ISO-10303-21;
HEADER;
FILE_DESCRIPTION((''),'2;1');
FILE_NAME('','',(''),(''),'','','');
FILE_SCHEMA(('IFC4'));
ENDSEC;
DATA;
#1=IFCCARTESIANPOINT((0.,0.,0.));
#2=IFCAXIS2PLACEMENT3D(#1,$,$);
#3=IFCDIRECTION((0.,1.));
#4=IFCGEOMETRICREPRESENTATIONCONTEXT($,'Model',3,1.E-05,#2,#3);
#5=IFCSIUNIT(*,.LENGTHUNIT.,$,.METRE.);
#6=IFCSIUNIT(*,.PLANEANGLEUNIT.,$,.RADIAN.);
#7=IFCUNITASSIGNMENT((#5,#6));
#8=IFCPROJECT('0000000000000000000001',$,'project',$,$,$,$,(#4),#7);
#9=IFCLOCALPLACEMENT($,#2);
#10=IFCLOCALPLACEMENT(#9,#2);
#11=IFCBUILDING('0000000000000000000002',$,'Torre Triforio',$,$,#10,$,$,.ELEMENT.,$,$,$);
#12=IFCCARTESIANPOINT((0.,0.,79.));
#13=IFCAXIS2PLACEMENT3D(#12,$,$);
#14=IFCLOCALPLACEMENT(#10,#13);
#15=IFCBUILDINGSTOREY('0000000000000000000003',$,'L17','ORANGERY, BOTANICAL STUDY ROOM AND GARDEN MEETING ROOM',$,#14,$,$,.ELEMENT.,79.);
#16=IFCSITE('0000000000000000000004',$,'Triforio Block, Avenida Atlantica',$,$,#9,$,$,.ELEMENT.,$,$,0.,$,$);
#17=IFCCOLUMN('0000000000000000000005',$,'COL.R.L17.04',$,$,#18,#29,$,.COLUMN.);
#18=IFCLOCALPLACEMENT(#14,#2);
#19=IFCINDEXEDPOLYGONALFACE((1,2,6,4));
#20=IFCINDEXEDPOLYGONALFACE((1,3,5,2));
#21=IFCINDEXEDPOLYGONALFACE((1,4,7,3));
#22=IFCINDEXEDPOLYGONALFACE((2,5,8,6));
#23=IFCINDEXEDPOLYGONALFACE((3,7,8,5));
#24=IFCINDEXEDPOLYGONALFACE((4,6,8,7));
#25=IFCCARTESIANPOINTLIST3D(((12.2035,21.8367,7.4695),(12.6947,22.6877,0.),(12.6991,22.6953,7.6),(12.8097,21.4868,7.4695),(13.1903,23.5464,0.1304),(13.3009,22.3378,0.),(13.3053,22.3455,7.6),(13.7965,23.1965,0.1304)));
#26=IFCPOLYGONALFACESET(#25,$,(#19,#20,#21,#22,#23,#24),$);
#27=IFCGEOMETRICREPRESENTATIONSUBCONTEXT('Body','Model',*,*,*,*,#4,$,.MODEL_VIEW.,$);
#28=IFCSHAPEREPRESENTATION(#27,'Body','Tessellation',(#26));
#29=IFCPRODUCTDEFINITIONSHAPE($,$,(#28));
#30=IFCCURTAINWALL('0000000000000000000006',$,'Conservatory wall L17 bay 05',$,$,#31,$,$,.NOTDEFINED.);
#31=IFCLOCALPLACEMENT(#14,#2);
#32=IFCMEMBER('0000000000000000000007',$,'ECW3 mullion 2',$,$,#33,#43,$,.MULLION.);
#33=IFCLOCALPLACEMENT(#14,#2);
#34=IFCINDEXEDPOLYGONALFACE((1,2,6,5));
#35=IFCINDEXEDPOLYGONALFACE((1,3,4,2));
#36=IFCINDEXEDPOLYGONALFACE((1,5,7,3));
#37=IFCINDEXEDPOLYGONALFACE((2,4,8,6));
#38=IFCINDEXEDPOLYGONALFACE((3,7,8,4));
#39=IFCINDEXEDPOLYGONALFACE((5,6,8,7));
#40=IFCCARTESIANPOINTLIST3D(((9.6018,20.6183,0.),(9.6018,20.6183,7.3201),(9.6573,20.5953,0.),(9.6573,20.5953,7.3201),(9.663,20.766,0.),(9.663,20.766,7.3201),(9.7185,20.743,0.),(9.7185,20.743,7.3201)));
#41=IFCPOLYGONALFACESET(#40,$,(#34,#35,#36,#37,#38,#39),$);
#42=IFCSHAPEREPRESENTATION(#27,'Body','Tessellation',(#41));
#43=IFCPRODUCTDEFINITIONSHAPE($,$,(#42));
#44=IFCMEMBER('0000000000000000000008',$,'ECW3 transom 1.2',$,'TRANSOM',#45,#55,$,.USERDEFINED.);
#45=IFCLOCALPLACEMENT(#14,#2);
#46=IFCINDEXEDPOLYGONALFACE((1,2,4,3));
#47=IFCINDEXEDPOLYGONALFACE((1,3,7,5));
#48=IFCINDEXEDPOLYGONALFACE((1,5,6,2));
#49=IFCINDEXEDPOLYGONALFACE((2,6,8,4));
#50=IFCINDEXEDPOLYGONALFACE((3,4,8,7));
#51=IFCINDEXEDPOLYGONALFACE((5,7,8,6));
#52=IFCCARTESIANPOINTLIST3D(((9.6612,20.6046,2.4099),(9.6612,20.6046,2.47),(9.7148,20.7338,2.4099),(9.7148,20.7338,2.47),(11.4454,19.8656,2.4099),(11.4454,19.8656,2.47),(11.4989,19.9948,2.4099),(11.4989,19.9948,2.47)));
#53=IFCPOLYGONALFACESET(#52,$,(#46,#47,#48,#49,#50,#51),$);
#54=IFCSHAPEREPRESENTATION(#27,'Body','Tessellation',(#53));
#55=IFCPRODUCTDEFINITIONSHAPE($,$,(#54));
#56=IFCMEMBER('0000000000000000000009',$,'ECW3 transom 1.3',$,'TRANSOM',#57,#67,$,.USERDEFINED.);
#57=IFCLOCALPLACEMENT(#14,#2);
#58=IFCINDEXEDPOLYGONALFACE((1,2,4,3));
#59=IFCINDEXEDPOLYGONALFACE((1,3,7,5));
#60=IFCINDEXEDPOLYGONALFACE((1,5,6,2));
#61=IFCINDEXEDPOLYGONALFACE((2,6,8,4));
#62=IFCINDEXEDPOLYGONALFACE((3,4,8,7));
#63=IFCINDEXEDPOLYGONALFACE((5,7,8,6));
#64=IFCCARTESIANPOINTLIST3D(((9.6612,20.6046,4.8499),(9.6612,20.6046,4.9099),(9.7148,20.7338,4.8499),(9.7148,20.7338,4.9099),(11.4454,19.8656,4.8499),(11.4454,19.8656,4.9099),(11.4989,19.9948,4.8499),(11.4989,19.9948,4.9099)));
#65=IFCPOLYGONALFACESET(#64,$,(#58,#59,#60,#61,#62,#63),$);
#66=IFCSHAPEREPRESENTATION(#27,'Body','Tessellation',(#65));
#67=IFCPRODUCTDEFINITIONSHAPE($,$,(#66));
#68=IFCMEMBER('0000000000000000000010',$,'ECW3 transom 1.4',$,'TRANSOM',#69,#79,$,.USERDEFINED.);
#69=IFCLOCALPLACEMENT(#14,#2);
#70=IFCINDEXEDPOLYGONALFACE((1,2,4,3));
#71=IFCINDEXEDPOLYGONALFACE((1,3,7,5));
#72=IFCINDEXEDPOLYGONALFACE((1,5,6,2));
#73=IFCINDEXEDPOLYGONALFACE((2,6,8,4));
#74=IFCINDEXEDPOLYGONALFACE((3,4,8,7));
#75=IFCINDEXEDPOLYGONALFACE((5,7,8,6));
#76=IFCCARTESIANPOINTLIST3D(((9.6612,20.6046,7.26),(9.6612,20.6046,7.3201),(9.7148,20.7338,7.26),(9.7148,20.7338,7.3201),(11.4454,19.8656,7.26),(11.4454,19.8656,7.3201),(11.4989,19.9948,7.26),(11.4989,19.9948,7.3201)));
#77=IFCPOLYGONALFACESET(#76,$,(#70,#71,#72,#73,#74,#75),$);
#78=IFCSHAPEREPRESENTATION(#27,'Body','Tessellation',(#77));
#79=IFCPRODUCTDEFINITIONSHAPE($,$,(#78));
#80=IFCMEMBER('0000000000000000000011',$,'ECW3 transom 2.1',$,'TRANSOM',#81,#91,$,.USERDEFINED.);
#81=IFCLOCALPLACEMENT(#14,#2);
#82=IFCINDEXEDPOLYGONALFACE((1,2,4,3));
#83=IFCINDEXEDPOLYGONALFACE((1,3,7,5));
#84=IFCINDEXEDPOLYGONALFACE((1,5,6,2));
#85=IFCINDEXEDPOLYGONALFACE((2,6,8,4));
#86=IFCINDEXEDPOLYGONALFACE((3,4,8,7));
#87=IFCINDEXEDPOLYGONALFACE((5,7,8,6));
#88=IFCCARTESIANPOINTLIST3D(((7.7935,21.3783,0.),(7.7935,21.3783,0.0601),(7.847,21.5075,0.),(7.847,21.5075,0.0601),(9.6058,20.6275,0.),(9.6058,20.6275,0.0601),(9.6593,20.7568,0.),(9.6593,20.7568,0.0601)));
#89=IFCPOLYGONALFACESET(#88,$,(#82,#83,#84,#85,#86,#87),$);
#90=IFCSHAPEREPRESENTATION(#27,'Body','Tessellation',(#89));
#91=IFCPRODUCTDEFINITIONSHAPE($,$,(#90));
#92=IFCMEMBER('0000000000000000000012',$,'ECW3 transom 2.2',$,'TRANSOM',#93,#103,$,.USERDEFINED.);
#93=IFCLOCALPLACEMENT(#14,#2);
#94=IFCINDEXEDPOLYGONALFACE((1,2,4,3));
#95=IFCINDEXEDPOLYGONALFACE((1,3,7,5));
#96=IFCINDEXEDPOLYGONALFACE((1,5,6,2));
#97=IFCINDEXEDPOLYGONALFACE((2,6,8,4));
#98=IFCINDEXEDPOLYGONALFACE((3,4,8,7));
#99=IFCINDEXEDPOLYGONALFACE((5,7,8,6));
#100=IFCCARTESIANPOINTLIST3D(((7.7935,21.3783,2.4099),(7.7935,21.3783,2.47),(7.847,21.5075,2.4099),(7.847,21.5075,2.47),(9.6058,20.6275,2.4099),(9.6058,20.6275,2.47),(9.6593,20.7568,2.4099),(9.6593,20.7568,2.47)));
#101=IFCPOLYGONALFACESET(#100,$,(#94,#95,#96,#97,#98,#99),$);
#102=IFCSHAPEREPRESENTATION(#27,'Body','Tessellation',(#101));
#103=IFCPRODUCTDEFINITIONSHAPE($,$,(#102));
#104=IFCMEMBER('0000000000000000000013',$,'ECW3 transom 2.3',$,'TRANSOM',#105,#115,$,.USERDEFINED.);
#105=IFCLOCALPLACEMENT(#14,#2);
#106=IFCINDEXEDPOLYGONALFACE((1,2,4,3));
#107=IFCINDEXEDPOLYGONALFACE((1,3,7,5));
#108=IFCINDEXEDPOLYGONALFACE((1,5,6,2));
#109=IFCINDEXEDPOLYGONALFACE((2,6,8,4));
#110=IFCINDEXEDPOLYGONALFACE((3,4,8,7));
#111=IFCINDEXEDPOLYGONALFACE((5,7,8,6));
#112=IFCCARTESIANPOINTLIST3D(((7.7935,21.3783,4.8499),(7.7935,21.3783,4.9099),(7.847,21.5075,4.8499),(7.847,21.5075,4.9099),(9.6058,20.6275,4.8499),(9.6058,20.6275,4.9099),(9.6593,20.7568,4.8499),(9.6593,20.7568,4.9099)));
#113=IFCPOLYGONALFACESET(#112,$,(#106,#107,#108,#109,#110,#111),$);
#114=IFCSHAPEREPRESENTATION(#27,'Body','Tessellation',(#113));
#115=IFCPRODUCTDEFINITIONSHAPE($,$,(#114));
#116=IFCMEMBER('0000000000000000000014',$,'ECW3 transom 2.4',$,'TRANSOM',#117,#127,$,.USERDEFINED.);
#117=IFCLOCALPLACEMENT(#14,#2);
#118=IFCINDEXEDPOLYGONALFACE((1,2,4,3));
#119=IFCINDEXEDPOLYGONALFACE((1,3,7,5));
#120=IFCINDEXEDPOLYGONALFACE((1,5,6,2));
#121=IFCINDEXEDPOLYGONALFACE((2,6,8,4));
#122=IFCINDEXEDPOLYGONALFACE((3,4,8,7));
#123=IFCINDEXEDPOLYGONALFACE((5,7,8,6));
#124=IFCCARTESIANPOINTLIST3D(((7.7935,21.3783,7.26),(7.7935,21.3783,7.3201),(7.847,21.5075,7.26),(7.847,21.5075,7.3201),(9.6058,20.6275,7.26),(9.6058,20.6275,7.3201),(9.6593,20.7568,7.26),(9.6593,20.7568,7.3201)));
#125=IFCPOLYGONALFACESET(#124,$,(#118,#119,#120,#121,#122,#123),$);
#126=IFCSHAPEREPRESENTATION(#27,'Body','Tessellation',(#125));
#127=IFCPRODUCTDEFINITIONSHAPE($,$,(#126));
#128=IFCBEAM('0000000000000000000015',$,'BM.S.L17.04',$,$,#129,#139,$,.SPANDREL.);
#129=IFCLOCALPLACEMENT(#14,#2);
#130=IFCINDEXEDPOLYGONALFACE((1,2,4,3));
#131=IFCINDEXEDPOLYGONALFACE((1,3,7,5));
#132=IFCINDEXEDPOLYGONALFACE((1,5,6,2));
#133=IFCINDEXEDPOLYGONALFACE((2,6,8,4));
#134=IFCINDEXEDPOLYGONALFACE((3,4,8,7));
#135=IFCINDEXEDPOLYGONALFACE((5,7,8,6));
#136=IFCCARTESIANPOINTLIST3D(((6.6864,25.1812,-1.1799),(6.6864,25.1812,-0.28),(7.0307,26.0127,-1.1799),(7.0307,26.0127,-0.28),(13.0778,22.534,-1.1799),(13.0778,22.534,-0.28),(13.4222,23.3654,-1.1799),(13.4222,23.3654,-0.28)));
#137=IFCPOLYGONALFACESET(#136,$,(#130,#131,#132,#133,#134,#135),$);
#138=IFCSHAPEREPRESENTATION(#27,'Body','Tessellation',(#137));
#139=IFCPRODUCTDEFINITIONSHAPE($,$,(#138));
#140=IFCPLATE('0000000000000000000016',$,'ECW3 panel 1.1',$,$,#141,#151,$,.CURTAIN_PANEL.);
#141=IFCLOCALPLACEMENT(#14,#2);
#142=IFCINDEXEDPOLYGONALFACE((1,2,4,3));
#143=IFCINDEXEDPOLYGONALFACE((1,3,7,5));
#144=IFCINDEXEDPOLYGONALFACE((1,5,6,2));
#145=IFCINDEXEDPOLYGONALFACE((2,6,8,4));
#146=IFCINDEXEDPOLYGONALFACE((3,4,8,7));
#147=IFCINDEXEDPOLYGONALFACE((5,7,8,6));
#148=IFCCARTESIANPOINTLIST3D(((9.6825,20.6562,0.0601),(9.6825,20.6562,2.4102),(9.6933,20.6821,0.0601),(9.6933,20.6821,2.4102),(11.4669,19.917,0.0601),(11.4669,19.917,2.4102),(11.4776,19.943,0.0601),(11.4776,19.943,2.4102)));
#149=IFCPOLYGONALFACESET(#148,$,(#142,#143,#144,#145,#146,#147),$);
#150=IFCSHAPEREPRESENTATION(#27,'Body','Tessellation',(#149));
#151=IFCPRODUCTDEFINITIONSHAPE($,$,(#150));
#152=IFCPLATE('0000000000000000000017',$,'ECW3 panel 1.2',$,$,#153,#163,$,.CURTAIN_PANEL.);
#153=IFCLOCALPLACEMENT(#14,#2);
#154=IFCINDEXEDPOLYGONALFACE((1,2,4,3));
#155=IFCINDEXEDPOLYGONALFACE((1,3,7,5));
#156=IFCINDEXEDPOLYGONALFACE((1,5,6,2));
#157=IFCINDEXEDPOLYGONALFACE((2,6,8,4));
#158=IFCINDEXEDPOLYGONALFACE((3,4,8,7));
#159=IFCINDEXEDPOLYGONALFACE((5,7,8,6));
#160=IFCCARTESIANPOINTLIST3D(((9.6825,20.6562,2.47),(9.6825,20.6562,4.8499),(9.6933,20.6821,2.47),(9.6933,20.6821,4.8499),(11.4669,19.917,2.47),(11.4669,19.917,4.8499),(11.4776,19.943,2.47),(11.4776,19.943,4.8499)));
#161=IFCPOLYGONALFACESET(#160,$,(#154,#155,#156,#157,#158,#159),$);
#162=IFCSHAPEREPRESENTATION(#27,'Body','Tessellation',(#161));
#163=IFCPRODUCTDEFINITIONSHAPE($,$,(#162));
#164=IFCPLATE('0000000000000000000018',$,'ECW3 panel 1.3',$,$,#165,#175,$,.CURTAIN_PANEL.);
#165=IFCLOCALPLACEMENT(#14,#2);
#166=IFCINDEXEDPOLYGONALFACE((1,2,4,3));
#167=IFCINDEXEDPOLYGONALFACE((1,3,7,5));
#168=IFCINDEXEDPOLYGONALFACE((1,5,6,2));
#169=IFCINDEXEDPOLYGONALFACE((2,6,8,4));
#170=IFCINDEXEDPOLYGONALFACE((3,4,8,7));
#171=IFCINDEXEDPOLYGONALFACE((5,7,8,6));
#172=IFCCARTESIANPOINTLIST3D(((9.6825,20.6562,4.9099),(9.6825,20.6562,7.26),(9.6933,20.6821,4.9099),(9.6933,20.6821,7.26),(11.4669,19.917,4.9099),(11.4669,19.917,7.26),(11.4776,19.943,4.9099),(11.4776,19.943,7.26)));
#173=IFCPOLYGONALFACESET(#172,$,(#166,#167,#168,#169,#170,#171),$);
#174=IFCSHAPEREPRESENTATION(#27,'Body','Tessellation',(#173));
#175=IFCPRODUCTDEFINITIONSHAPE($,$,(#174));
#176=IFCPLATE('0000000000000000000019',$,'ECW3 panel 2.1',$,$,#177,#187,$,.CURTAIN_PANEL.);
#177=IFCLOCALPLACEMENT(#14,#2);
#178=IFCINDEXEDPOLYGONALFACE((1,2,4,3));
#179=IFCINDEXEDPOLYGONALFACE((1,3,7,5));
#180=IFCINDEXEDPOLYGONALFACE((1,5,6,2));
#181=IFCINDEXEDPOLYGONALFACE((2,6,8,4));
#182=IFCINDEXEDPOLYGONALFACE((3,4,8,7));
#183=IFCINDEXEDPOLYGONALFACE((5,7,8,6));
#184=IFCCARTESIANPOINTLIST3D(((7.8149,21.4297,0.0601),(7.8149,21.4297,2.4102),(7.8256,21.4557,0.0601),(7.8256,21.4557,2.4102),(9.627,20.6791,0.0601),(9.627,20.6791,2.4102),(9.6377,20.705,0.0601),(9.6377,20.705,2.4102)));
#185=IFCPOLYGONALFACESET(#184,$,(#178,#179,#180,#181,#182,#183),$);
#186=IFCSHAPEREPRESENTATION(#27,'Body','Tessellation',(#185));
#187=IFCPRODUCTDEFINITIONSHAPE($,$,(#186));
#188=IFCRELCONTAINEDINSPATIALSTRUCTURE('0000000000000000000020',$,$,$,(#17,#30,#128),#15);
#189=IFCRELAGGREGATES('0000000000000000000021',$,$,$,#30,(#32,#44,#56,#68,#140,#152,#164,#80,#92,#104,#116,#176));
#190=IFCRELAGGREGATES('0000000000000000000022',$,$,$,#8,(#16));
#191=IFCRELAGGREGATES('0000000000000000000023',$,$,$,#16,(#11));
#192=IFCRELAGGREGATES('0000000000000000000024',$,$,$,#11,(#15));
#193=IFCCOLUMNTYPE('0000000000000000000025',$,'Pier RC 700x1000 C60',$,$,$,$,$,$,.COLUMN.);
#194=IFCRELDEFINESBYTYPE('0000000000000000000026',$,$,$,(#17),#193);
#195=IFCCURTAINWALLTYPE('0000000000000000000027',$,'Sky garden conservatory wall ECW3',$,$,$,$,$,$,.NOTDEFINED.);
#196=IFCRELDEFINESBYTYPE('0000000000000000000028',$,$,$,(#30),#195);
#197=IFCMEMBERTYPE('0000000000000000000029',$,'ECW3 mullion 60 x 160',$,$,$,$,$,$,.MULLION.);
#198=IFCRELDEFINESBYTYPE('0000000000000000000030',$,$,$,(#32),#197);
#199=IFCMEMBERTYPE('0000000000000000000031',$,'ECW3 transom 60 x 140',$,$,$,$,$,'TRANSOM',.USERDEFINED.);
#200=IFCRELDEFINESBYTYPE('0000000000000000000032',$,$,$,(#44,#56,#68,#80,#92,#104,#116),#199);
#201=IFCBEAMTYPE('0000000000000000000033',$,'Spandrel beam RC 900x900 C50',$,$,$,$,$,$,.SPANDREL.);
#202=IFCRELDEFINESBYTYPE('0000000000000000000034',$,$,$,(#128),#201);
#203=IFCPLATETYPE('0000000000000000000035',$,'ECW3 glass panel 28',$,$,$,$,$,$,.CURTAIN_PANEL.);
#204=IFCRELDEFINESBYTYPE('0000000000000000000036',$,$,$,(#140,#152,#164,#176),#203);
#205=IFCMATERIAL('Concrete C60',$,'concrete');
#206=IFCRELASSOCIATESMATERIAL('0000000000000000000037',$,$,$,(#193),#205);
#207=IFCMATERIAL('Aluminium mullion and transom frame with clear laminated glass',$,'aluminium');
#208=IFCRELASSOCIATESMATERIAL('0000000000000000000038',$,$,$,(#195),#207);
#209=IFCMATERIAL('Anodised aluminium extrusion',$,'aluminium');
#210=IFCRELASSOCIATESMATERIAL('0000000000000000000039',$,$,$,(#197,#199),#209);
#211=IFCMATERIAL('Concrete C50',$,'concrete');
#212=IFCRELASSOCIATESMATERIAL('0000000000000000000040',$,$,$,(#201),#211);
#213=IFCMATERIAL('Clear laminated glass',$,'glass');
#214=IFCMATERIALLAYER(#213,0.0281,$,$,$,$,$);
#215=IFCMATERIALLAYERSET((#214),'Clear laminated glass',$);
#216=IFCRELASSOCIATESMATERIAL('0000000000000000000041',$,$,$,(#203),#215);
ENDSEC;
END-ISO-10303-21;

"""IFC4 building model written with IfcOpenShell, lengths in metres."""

from ifc_helpers import new_model, si_unit, direction, frame, origin, origin_2d, place, context, subcontext, project, spatial, rectangle, extrude, material, layer, layer_set, material_profile, profile_set, type_object, element, aggregate, save


model = new_model("IFC4")

# Units and contexts
model_context = context("Model", 3, precision=1e-05, world=origin(), true_north=direction((0.0, 1.0)))
body_context = subcontext(model_context, "Body", "Model", "MODEL_VIEW")
ifc_project = project(units=[si_unit("LENGTHUNIT", "METRE"), si_unit("PLANEANGLEUNIT", "RADIAN")], contexts=[model_context])

# Site, building, storey
site_placement = place(None, origin())
site = spatial("IfcSite", under=ifc_project, at=site_placement, Name="Triforio Block, Avenida Atlantica", CompositionType="ELEMENT", RefElevation=0.0)
building_placement = place(site_placement, origin())
building = spatial("IfcBuilding", under=site, at=building_placement, Name="Torre Triforio", CompositionType="ELEMENT")
storey_placement = place(building_placement, frame((0.0, 0.0, 79.0)))
storey = spatial("IfcBuildingStorey", under=building, at=storey_placement, Name="L17", Description="ORANGERY, BOTANICAL STUDY ROOM AND GARDEN MEETING ROOM", CompositionType="ELEMENT", Elevation=79.0)

# Column
ifc_material_1 = material(Name="Concrete C60", Category="concrete")
ifc_material_profile_1 = material_profile(ifc_material_1, rectangle(XDim=0.7, YDim=1.0, at=origin_2d()), Name="RC 700x1000")
ifc_profile_set_1 = profile_set([ifc_material_profile_1], Name="Concrete C60")
column_type = type_object("IfcColumnType", Name="Pier RC 700x1000 C60", PredefinedType="COLUMN", material=ifc_profile_set_1)
column_placement = place(storey_placement, frame((13.2456, 22.9421, 0.0652), z_axis=(-0.065201, -0.112967, 0.991457), x_axis=(0.866095, -0.49988, 0.0)))
element("IfcColumn", 1, at=column_placement, inside=storey, type_object=column_type, Name="COL.R.L17.04", PredefinedType="COLUMN", context=body_context, shape_type="SweptSolid", body=[
    extrude(rectangle(XDim=0.7, YDim=1.0, at=origin_2d()), origin(), (0.0, 0.0, 1.0), 7.5339),
])

# Curtain wall, members
ifc_material_2 = material(Name="Aluminium mullion and transom frame with clear laminated glass", Category="aluminium")
curtain_wall_type = type_object("IfcCurtainWallType", Name="Sky garden conservatory wall ECW3", PredefinedType="NOTDEFINED", material=ifc_material_2)
curtain_wall_placement = place(storey_placement, origin())
curtain_wall = element("IfcCurtainWall", 2, at=curtain_wall_placement, inside=storey, type_object=curtain_wall_type, Name="Conservatory wall L17 bay 05", PredefinedType="NOTDEFINED")
ifc_material_3 = material(Name="Anodised aluminium extrusion", Category="aluminium")
ifc_material_profile_2 = material_profile(ifc_material_3, rectangle(XDim=0.1599, YDim=0.0601, at=origin_2d()), Name="ECW3 MULLION 60x160")
ifc_profile_set_2 = profile_set([ifc_material_profile_2], Name="Anodised aluminium extrusion")
member_type_1 = type_object("IfcMemberType", Name="ECW3 mullion 60 x 160", PredefinedType="MULLION", material=ifc_profile_set_2)
member_1_placement = place(storey_placement, frame((9.6602, 20.6807, 0.0), z_axis=(0.0, 0.0, 1.0), x_axis=(-0.382687, -0.923878, 0.0)))
member_1 = element("IfcMember", 3, at=member_1_placement, type_object=member_type_1, Name="ECW3 mullion 2", PredefinedType="MULLION", context=body_context, shape_type="SweptSolid", body=[
    extrude(rectangle(XDim=0.1599, YDim=0.0601, at=origin_2d()), origin(), (0.0, 0.0, 1.0), 7.3201),
])
ifc_material_profile_3 = material_profile(ifc_material_3, rectangle(XDim=0.1399, YDim=0.0601, at=origin_2d()), Name="ECW3 TRANSOM 60x140")
ifc_profile_set_3 = profile_set([ifc_material_profile_3], Name="Anodised aluminium extrusion")
member_type_2 = type_object("IfcMemberType", Name="ECW3 transom 60 x 140", ElementType="TRANSOM", PredefinedType="USERDEFINED", material=ifc_profile_set_3)
member_2_placement = place(storey_placement, frame((11.4722, 19.9302, 2.4399), z_axis=(-0.923883, 0.382676, 0.0), x_axis=(-0.382676, -0.923883, 0.0)))
member_2 = element("IfcMember", 4, at=member_2_placement, type_object=member_type_2, Name="ECW3 transom 1.2", ObjectType="TRANSOM", PredefinedType="USERDEFINED", context=body_context, shape_type="SweptSolid", body=[
    extrude(rectangle(XDim=0.1399, YDim=0.0601, at=origin_2d()), origin(), (0.0, 0.0, 1.0), 1.9312),
])
member_3_placement = place(storey_placement, frame((11.4722, 19.9302, 4.8799), z_axis=(-0.923883, 0.382676, 0.0), x_axis=(-0.382676, -0.923883, 0.0)))
member_3 = element("IfcMember", 5, at=member_3_placement, type_object=member_type_2, Name="ECW3 transom 1.3", ObjectType="TRANSOM", PredefinedType="USERDEFINED", context=body_context, shape_type="SweptSolid", body=[
    extrude(rectangle(XDim=0.1399, YDim=0.0601, at=origin_2d()), origin(), (0.0, 0.0, 1.0), 1.9312),
])
member_4_placement = place(storey_placement, frame((11.4722, 19.9302, 7.29), z_axis=(-0.923883, 0.382676, 0.0), x_axis=(-0.382676, -0.923883, 0.0)))
member_4 = element("IfcMember", 6, at=member_4_placement, type_object=member_type_2, Name="ECW3 transom 1.4", ObjectType="TRANSOM", PredefinedType="USERDEFINED", context=body_context, shape_type="SweptSolid", body=[
    extrude(rectangle(XDim=0.1399, YDim=0.0601, at=origin_2d()), origin(), (0.0, 0.0, 1.0), 1.9312),
])
member_5_placement = place(storey_placement, frame((9.6326, 20.6921, 0.03), z_axis=(-0.923867, 0.382715, 0.0), x_axis=(-0.382715, -0.923867, 0.0)))
member_5 = element("IfcMember", 7, at=member_5_placement, type_object=member_type_2, Name="ECW3 transom 2.1", ObjectType="TRANSOM", PredefinedType="USERDEFINED", context=body_context, shape_type="SweptSolid", body=[
    extrude(rectangle(XDim=0.1399, YDim=0.0601, at=origin_2d()), origin(), (0.0, 0.0, 1.0), 1.9617),
])
member_6_placement = place(storey_placement, frame((9.6326, 20.6921, 2.4399), z_axis=(-0.923867, 0.382715, 0.0), x_axis=(-0.382715, -0.923867, 0.0)))
member_6 = element("IfcMember", 8, at=member_6_placement, type_object=member_type_2, Name="ECW3 transom 2.2", ObjectType="TRANSOM", PredefinedType="USERDEFINED", context=body_context, shape_type="SweptSolid", body=[
    extrude(rectangle(XDim=0.1399, YDim=0.0601, at=origin_2d()), origin(), (0.0, 0.0, 1.0), 1.9617),
])
member_7_placement = place(storey_placement, frame((9.6326, 20.6921, 4.8799), z_axis=(-0.923867, 0.382715, 0.0), x_axis=(-0.382715, -0.923867, 0.0)))
member_7 = element("IfcMember", 9, at=member_7_placement, type_object=member_type_2, Name="ECW3 transom 2.3", ObjectType="TRANSOM", PredefinedType="USERDEFINED", context=body_context, shape_type="SweptSolid", body=[
    extrude(rectangle(XDim=0.1399, YDim=0.0601, at=origin_2d()), origin(), (0.0, 0.0, 1.0), 1.9617),
])
member_8_placement = place(storey_placement, frame((9.6326, 20.6921, 7.29), z_axis=(-0.923867, 0.382715, 0.0), x_axis=(-0.382715, -0.923867, 0.0)))
member_8 = element("IfcMember", 10, at=member_8_placement, type_object=member_type_2, Name="ECW3 transom 2.4", ObjectType="TRANSOM", PredefinedType="USERDEFINED", context=body_context, shape_type="SweptSolid", body=[
    extrude(rectangle(XDim=0.1399, YDim=0.0601, at=origin_2d()), origin(), (0.0, 0.0, 1.0), 1.9617),
])

# Beam
ifc_material_4 = material(Name="Concrete C50", Category="concrete")
ifc_material_profile_4 = material_profile(ifc_material_4, rectangle(XDim=0.8999, YDim=0.8999, at=origin_2d()), Name="RC 900x900")
ifc_profile_set_4 = profile_set([ifc_material_profile_4], Name="Concrete C50")
beam_type = type_object("IfcBeamType", Name="Spandrel beam RC 900x900 C50", PredefinedType="SPANDREL", material=ifc_profile_set_4)
beam_placement = place(storey_placement, frame((13.25, 22.9497, -0.73), z_axis=(-0.923888, 0.382662, 0.0), x_axis=(-0.382662, -0.923888, 0.0)))
element("IfcBeam", 11, at=beam_placement, inside=storey, type_object=beam_type, Name="BM.S.L17.04", PredefinedType="SPANDREL", context=body_context, shape_type="SweptSolid", body=[
    extrude(rectangle(XDim=0.8999, YDim=0.8999, at=origin_2d()), origin(), (0.0, 0.0, 1.0), 6.918),
])

# Plates
ifc_material_5 = material(Name="Clear laminated glass", Category="glass")
ifc_layer_1 = layer(ifc_material_5, 0.0281)
ifc_layer_set_1 = layer_set([ifc_layer_1], Name="Clear laminated glass")
plate_type = type_object("IfcPlateType", Name="ECW3 glass panel 28", PredefinedType="CURTAIN_PANEL", material=ifc_layer_set_1)
plate_1_placement = place(storey_placement, frame((10.5801, 20.2996, 0.0601), z_axis=(0.0, 0.0, 1.0), x_axis=(-0.923878, 0.382687, 0.0)))
plate_1 = element("IfcPlate", 12, at=plate_1_placement, type_object=plate_type, Name="ECW3 panel 1.1", PredefinedType="CURTAIN_PANEL", context=body_context, shape_type="SweptSolid", body=[
    extrude(rectangle(XDim=1.9314, YDim=0.0281, at=origin_2d()), origin(), (0.0, 0.0, 1.0), 2.3501),
])
plate_2_placement = place(storey_placement, frame((10.5801, 20.2996, 2.47), z_axis=(0.0, 0.0, 1.0), x_axis=(-0.923878, 0.382687, 0.0)))
plate_2 = element("IfcPlate", 13, at=plate_2_placement, type_object=plate_type, Name="ECW3 panel 1.2", PredefinedType="CURTAIN_PANEL", context=body_context, shape_type="SweptSolid", body=[
    extrude(rectangle(XDim=1.9314, YDim=0.0281, at=origin_2d()), origin(), (0.0, 0.0, 1.0), 2.3799),
])
plate_3_placement = place(storey_placement, frame((10.5801, 20.2996, 4.9099), z_axis=(0.0, 0.0, 1.0), x_axis=(-0.923878, 0.382687, 0.0)))
plate_3 = element("IfcPlate", 14, at=plate_3_placement, type_object=plate_type, Name="ECW3 panel 1.3", PredefinedType="CURTAIN_PANEL", context=body_context, shape_type="SweptSolid", body=[
    extrude(rectangle(XDim=1.9314, YDim=0.0281, at=origin_2d()), origin(), (0.0, 0.0, 1.0), 2.3501),
])
plate_4_placement = place(storey_placement, frame((8.7263, 21.0674, 0.0601), z_axis=(0.0, 0.0, 1.0), x_axis=(-0.923878, 0.382687, 0.0)))
plate_4 = element("IfcPlate", 15, at=plate_4_placement, type_object=plate_type, Name="ECW3 panel 2.1", PredefinedType="CURTAIN_PANEL", context=body_context, shape_type="SweptSolid", body=[
    extrude(rectangle(XDim=1.9614, YDim=0.0281, at=origin_2d()), origin(), (0.0, 0.0, 1.0), 2.3501),
])
aggregate(curtain_wall, [member_1, member_2, member_3, member_4, plate_1, plate_2, plate_3, member_5, member_6, member_7, member_8, plate_4])

save(model, "model.ifc")
